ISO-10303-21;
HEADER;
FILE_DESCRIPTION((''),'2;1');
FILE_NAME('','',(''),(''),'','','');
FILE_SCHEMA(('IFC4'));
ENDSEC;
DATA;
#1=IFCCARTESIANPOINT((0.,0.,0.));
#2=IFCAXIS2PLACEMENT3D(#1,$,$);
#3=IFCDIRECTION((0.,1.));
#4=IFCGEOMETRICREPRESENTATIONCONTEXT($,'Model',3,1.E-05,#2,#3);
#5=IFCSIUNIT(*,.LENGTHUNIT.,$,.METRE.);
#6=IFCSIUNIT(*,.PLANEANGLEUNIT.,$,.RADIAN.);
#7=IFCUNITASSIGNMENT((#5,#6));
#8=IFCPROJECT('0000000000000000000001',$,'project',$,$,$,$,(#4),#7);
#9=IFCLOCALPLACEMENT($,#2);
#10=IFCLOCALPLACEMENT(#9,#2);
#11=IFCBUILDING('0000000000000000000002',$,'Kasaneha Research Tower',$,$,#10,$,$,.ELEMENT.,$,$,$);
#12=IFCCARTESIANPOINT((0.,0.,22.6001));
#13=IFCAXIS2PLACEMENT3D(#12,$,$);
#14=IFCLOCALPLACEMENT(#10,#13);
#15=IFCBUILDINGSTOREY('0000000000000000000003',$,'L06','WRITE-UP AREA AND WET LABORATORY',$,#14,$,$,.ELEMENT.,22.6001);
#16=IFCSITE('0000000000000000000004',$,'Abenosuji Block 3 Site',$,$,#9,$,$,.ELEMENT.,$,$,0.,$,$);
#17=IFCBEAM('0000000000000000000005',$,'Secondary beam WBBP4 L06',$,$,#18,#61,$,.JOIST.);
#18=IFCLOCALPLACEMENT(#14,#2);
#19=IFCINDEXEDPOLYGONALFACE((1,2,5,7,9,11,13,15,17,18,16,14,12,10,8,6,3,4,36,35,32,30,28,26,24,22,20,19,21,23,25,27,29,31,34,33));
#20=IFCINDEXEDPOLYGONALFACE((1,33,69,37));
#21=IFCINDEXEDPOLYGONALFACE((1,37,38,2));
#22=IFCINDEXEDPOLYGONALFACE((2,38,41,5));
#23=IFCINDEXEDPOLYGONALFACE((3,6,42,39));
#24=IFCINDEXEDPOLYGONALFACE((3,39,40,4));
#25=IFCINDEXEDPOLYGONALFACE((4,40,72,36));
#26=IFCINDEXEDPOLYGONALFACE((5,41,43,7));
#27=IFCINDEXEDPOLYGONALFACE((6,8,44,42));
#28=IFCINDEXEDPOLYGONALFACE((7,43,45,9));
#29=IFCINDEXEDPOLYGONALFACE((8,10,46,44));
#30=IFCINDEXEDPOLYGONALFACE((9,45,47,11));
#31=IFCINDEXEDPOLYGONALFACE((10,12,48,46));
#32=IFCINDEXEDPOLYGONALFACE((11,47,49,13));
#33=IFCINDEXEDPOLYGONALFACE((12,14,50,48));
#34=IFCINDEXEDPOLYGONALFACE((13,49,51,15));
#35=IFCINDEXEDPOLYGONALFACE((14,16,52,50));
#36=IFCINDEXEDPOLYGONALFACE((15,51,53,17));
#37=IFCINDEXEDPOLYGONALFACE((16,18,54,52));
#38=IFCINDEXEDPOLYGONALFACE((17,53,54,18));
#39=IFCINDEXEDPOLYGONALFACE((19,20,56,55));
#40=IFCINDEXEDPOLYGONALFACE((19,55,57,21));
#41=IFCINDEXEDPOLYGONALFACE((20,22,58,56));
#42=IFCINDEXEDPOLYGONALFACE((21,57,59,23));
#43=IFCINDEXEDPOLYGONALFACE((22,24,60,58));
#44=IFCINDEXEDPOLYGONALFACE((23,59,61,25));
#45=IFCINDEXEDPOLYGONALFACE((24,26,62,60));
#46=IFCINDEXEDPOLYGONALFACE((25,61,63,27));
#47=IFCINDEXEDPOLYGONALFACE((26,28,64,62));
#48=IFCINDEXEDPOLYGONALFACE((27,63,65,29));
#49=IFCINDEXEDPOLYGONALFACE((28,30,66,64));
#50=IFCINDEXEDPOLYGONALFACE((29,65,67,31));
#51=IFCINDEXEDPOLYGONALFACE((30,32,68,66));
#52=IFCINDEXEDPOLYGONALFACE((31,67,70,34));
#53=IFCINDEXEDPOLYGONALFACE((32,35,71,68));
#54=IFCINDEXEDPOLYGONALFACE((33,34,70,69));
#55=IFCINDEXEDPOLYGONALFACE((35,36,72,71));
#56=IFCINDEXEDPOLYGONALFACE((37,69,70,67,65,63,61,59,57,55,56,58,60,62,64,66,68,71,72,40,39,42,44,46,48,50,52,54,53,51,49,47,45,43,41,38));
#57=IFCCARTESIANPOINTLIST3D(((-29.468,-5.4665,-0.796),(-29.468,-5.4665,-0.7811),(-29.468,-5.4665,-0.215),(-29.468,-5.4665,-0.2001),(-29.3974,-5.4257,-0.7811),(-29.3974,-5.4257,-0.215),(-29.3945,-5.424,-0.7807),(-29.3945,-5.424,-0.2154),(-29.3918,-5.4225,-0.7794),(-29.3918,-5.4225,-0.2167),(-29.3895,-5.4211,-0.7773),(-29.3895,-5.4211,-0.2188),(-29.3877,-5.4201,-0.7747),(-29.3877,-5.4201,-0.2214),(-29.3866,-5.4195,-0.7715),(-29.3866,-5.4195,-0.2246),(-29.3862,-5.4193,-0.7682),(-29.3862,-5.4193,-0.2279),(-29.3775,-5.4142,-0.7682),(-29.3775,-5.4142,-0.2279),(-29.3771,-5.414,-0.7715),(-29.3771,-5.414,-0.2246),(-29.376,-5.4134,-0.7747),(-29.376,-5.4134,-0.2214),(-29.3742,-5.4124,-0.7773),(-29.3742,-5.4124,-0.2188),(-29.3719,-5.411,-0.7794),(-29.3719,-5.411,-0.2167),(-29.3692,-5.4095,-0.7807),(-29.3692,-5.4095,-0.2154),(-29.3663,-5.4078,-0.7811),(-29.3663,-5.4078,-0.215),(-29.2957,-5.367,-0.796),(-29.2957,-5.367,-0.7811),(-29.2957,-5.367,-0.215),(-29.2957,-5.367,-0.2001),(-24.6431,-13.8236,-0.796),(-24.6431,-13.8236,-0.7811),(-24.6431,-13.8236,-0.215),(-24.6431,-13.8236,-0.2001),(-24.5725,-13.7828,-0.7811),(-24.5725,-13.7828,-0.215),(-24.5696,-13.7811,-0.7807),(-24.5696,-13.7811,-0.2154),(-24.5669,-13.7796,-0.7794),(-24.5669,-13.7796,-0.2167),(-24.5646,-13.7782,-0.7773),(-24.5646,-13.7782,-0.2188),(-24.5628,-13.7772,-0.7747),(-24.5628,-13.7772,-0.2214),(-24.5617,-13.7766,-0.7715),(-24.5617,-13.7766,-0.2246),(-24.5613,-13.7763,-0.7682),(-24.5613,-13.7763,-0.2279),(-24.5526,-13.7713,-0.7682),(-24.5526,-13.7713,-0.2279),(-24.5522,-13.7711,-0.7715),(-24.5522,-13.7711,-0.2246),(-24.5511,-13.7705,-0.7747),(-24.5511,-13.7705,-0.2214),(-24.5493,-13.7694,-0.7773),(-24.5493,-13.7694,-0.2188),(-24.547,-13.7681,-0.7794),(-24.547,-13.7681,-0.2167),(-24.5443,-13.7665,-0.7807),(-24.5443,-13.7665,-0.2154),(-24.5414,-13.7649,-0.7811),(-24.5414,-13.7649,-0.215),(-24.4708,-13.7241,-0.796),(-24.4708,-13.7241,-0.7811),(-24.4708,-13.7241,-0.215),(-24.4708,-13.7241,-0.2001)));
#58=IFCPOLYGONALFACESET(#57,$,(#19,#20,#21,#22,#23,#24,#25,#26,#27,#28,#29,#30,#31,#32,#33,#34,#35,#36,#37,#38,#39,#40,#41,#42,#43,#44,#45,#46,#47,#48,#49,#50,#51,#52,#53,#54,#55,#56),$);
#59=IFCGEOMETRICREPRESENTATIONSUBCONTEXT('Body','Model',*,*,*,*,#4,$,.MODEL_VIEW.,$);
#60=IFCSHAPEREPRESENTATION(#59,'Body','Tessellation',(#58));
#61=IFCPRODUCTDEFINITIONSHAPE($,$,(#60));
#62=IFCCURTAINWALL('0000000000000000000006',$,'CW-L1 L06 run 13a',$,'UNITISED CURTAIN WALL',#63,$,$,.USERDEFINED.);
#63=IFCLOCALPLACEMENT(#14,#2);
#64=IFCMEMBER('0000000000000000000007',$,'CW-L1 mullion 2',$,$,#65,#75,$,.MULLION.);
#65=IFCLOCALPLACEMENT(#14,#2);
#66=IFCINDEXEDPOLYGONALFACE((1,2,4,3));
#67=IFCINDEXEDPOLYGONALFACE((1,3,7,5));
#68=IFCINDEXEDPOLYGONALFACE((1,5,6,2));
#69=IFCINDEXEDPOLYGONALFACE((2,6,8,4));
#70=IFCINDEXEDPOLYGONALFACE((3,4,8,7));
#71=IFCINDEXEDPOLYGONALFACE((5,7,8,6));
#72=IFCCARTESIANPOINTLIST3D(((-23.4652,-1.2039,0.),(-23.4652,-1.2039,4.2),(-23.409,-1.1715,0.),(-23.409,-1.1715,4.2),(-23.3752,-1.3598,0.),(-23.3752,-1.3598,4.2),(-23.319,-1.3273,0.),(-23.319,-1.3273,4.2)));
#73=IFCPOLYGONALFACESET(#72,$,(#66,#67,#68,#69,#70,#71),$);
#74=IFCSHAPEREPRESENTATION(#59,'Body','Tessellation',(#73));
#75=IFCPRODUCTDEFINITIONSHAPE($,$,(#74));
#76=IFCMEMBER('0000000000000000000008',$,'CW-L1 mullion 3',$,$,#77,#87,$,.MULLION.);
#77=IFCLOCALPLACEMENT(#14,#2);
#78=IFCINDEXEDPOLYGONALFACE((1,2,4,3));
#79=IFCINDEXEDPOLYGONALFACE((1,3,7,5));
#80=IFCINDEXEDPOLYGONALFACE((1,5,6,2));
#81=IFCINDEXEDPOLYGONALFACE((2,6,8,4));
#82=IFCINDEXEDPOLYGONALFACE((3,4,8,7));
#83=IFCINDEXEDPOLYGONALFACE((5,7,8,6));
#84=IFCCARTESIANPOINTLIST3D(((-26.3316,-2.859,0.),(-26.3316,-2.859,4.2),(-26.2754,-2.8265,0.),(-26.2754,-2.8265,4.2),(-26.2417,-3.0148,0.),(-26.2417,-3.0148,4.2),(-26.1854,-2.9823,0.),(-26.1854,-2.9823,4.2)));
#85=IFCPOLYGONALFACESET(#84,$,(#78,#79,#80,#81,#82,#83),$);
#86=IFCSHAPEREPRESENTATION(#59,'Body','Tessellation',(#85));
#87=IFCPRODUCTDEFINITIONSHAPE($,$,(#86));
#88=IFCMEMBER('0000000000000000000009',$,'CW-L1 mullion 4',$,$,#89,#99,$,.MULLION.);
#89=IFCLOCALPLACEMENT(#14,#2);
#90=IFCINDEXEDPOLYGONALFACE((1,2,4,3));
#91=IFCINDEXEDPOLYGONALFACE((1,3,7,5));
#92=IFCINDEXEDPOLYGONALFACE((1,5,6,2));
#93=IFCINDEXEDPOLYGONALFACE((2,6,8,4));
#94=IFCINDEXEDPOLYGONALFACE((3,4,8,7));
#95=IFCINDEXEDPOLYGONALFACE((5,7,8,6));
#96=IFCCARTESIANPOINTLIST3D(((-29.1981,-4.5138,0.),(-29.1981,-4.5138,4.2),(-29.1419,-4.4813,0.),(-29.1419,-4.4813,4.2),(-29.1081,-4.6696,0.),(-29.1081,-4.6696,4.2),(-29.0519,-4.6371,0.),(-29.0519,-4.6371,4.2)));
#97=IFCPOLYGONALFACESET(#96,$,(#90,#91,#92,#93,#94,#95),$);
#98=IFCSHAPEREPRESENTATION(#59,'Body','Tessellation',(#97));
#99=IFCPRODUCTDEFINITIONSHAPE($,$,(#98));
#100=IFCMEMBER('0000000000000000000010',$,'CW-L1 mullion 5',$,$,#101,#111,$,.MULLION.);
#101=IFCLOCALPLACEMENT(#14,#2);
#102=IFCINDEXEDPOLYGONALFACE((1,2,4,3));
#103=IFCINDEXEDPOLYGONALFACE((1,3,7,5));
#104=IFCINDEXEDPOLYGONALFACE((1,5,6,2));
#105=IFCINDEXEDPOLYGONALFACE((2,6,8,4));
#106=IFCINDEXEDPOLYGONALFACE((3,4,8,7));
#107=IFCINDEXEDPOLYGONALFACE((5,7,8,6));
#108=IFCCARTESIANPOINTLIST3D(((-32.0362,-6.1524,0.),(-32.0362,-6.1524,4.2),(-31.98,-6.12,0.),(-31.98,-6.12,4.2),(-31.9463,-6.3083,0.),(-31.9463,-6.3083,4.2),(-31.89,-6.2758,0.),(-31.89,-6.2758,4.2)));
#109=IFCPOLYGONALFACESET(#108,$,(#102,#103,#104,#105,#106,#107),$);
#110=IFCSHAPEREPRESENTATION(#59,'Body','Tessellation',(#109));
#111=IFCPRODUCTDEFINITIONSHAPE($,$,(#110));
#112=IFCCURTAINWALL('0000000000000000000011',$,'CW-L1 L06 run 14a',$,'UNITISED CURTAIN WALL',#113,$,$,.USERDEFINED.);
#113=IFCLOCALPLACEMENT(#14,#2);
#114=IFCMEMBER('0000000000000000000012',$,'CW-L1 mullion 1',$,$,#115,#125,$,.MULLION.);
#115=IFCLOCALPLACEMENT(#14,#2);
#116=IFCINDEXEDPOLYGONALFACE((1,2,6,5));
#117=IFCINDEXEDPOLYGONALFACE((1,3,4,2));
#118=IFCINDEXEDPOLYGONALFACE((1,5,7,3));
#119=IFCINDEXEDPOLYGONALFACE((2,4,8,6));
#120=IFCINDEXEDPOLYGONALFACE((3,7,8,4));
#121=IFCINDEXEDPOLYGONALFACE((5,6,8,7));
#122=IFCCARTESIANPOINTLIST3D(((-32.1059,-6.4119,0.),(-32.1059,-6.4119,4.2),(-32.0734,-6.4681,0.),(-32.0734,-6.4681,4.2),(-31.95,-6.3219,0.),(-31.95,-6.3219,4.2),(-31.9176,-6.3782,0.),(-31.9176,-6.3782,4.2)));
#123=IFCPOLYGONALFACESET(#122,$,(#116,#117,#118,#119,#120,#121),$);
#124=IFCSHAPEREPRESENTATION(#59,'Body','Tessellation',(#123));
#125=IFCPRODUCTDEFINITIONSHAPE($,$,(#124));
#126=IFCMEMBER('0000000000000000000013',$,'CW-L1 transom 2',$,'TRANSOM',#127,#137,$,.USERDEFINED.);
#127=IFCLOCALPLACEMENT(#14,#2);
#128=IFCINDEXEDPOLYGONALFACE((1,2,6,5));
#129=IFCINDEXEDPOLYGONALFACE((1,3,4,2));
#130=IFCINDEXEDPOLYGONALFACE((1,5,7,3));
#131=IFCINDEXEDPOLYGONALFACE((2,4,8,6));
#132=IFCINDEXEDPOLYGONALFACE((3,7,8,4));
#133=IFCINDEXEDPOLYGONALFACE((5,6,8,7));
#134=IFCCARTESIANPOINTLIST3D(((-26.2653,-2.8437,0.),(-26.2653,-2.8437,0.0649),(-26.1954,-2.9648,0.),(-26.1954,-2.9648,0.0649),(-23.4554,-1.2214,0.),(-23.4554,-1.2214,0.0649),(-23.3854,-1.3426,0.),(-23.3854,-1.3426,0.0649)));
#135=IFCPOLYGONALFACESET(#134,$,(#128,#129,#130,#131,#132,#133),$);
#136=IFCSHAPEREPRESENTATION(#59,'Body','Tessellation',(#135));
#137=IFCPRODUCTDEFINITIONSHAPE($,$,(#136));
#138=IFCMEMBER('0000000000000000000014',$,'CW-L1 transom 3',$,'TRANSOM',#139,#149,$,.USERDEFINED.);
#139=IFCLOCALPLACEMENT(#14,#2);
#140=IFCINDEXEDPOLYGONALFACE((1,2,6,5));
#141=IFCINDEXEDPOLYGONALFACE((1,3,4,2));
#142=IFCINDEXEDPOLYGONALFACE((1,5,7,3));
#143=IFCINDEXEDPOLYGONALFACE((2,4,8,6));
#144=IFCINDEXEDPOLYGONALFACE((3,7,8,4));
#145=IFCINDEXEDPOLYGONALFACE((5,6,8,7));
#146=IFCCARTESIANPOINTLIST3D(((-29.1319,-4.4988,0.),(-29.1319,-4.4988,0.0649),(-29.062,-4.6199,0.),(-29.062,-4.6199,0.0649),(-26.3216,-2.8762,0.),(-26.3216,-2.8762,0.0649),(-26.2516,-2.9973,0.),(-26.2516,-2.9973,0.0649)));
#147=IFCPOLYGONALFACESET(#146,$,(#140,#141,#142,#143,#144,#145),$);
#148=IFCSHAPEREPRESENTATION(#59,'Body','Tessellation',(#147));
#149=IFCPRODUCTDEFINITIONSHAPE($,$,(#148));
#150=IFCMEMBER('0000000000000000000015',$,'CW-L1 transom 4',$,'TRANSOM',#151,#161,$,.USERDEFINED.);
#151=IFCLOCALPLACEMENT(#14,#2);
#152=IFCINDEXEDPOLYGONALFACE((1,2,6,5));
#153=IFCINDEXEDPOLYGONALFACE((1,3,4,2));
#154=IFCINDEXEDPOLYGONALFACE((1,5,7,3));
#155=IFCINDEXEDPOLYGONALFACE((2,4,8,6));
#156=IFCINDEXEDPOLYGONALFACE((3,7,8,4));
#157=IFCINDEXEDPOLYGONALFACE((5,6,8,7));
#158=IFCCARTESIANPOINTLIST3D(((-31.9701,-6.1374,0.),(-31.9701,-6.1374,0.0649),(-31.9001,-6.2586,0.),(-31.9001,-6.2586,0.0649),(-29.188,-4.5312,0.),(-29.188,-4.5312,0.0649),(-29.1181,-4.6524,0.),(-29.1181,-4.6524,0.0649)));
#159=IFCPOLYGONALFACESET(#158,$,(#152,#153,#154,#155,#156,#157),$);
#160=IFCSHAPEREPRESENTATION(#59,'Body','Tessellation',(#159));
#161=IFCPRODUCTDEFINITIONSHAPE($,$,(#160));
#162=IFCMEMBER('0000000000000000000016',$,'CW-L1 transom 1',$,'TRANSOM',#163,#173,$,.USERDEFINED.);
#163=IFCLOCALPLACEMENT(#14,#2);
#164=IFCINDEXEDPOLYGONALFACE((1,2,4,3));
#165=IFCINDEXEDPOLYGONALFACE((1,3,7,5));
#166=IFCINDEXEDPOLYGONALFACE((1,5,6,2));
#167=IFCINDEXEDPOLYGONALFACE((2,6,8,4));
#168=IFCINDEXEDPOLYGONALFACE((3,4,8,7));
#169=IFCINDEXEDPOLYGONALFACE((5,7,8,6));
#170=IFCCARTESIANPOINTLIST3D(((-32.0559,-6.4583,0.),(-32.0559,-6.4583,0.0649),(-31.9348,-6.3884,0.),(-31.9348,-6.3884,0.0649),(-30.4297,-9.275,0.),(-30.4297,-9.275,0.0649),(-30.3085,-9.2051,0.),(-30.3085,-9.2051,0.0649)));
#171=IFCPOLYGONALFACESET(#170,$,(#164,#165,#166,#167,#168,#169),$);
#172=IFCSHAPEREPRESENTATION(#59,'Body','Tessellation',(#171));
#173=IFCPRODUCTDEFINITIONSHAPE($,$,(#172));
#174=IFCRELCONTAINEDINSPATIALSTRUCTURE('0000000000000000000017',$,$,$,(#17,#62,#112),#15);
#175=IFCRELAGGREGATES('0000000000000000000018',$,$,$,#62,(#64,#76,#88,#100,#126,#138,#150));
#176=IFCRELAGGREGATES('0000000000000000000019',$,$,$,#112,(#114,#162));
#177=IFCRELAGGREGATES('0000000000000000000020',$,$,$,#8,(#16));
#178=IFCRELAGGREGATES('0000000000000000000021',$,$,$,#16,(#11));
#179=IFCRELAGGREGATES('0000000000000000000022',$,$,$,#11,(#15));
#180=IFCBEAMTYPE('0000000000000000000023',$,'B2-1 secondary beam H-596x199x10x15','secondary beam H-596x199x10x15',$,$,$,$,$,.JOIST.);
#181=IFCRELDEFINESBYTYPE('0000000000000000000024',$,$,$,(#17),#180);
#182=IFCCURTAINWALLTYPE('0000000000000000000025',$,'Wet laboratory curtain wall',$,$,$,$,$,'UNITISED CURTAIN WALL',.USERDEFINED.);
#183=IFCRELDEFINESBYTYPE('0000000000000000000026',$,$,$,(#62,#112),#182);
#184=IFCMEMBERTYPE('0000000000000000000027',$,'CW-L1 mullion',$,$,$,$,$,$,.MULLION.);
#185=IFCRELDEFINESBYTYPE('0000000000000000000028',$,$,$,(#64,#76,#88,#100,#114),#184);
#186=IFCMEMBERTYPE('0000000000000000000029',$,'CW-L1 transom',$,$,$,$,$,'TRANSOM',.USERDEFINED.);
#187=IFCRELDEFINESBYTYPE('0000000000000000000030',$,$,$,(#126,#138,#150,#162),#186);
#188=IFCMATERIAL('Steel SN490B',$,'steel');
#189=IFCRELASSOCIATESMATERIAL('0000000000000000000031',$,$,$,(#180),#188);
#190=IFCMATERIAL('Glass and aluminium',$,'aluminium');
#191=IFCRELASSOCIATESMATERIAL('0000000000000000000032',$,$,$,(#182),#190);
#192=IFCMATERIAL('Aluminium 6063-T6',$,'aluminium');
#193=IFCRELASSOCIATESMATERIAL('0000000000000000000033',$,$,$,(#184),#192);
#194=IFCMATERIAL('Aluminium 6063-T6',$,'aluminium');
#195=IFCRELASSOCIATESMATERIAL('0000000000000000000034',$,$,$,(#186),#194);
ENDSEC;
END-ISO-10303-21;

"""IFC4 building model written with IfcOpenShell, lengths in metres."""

from ifc_helpers import new_model, si_unit, direction, frame, origin, origin_2d, place, context, subcontext, project, spatial, rectangle, i_section, extrude, material, material_profile, profile_set, type_object, element, aggregate, save


model = new_model("IFC4")

# Units and contexts
model_context = context("Model", 3, precision=1e-05, world=origin(), true_north=direction((0.0, 1.0)))
body_context = subcontext(model_context, "Body", "Model", "MODEL_VIEW")
ifc_project = project(units=[si_unit("LENGTHUNIT", "METRE"), si_unit("PLANEANGLEUNIT", "RADIAN")], contexts=[model_context])

# Site, building, storey
site_placement = place(None, origin())
site = spatial("IfcSite", under=ifc_project, at=site_placement, Name="Abenosuji Block 3 Site", CompositionType="ELEMENT", RefElevation=0.0)
building_placement = place(site_placement, origin())
building = spatial("IfcBuilding", under=site, at=building_placement, Name="Kasaneha Research Tower", CompositionType="ELEMENT")
storey_placement = place(building_placement, frame((0.0, 0.0, 22.6001)))
storey = spatial("IfcBuildingStorey", under=building, at=storey_placement, Name="L06", Description="WRITE-UP AREA AND WET LABORATORY", CompositionType="ELEMENT", Elevation=22.6001)

# Beam
ifc_material_1 = material(Name="Steel SN490B", Category="steel")
ifc_material_profile_1 = material_profile(ifc_material_1, i_section(OverallWidth=0.199, OverallDepth=0.5959, WebThickness=0.01, FlangeThickness=0.0149, FilletRadius=0.0129, at=origin_2d()), Name="H-596x199x10x15")
ifc_profile_set_1 = profile_set([ifc_material_profile_1], Name="Steel SN490B")
beam_type_1 = type_object("IfcBeamType", Name="B2-1 secondary beam H-596x199x10x15", Description="secondary beam H-596x199x10x15", PredefinedType="JOIST", material=ifc_profile_set_1)
for number, where, z_axis, x_axis, name in (
    (1, (-29.3818, -5.4167, -0.498), (0.499995, -0.866028, 0.0), (0.866028, 0.499995, 0.0), "Secondary beam WBBP4 L06"),
):
    element("IfcBeam", number, at=place(storey_placement, frame(where, z_axis=z_axis, x_axis=x_axis)), inside=storey, type_object=beam_type_1, Name=name, PredefinedType="JOIST", context=body_context, shape_type="SweptSolid", body=[
        extrude(i_section(OverallWidth=0.199, OverallDepth=0.5959, WebThickness=0.01, FlangeThickness=0.0149, FilletRadius=0.0129, at=origin_2d()), origin(), (0.0, 0.0, 1.0), 9.6499),
    ])

# Curtain wall, members
ifc_material_2 = material(Name="Glass and aluminium", Category="aluminium")
curtain_wall_type = type_object("IfcCurtainWallType", Name="Wet laboratory curtain wall", ElementType="UNITISED CURTAIN WALL", PredefinedType="USERDEFINED", material=ifc_material_2)
curtain_wall_1_placement = place(storey_placement, origin())
curtain_wall_1 = element("IfcCurtainWall", 2, at=curtain_wall_1_placement, inside=storey, type_object=curtain_wall_type, Name="CW-L1 L06 run 13a", ObjectType="UNITISED CURTAIN WALL", PredefinedType="USERDEFINED")
ifc_material_3 = material(Name="Aluminium 6063-T6", Category="aluminium")
ifc_material_profile_2 = material_profile(ifc_material_3, rectangle(XDim=0.0649, YDim=0.1799, at=origin_2d()), Name="CW-L1 mullion 65x180")
ifc_profile_set_2 = profile_set([ifc_material_profile_2], Name="Aluminium 6063-T6")
member_type_1 = type_object("IfcMemberType", Name="CW-L1 mullion", PredefinedType="MULLION", material=ifc_profile_set_2)
member_1_placement = place(storey_placement, frame((-23.3921, -1.2656, 0.0), z_axis=(0.0, 0.0, 1.0), x_axis=(-0.866025, -0.5, 0.0)))
member_1 = element("IfcMember", 3, at=member_1_placement, type_object=member_type_1, Name="CW-L1 mullion 2", PredefinedType="MULLION", context=body_context, shape_type="SweptSolid", body=[
    extrude(rectangle(XDim=0.0649, YDim=0.1799, at=origin_2d()), origin(), (0.0, 0.0, 1.0), 4.2),
])
member_2_placement = place(storey_placement, frame((-26.2585, -2.9207, 0.0), z_axis=(0.0, 0.0, 1.0), x_axis=(-0.866025, -0.5, 0.0)))
member_2 = element("IfcMember", 4, at=member_2_placement, type_object=member_type_1, Name="CW-L1 mullion 3", PredefinedType="MULLION", context=body_context, shape_type="SweptSolid", body=[
    extrude(rectangle(XDim=0.0649, YDim=0.1799, at=origin_2d()), origin(), (0.0, 0.0, 1.0), 4.2),
])
member_3_placement = place(storey_placement, frame((-29.125, -4.5754, 0.0), z_axis=(0.0, 0.0, 1.0), x_axis=(-0.866025, -0.5, 0.0)))
member_3 = element("IfcMember", 5, at=member_3_placement, type_object=member_type_1, Name="CW-L1 mullion 4", PredefinedType="MULLION", context=body_context, shape_type="SweptSolid", body=[
    extrude(rectangle(XDim=0.0649, YDim=0.1799, at=origin_2d()), origin(), (0.0, 0.0, 1.0), 4.2),
])
member_4_placement = place(storey_placement, frame((-31.9631, -6.2141, 0.0), z_axis=(0.0, 0.0, 1.0), x_axis=(-0.866025, -0.5, 0.0)))
member_4 = element("IfcMember", 6, at=member_4_placement, type_object=member_type_1, Name="CW-L1 mullion 5", PredefinedType="MULLION", context=body_context, shape_type="SweptSolid", body=[
    extrude(rectangle(XDim=0.0649, YDim=0.1799, at=origin_2d()), origin(), (0.0, 0.0, 1.0), 4.2),
])

# Curtain wall, member
curtain_wall_2_placement = place(storey_placement, origin())
curtain_wall_2 = element("IfcCurtainWall", 7, at=curtain_wall_2_placement, inside=storey, type_object=curtain_wall_type, Name="CW-L1 L06 run 14a", ObjectType="UNITISED CURTAIN WALL", PredefinedType="USERDEFINED")
member_5_placement = place(storey_placement, frame((-32.0117, -6.395, 0.0), z_axis=(0.0, 0.0, 1.0), x_axis=(0.5, -0.866025, 0.0)))
member_5 = element("IfcMember", 8, at=member_5_placement, type_object=member_type_1, Name="CW-L1 mullion 1", PredefinedType="MULLION", context=body_context, shape_type="SweptSolid", body=[
    extrude(rectangle(XDim=0.0649, YDim=0.1799, at=origin_2d()), origin(), (0.0, 0.0, 1.0), 4.2),
])

# Members
ifc_material_4 = material(Name="Aluminium 6063-T6", Category="aluminium")
ifc_material_profile_3 = material_profile(ifc_material_4, rectangle(XDim=0.1399, YDim=0.0649, at=origin_2d()), Name="CW-L1 transom 140x65")
ifc_profile_set_3 = profile_set([ifc_material_profile_3], Name="Aluminium 6063-T6")
member_type_2 = type_object("IfcMemberType", Name="CW-L1 transom", ElementType="TRANSOM", PredefinedType="USERDEFINED", material=ifc_profile_set_3)
member_6_placement = place(storey_placement, frame((-23.4204, -1.282, 0.0325), z_axis=(-0.866035, -0.499983, 0.0), x_axis=(0.499983, -0.866035, 0.0)))
member_6 = element("IfcMember", 9, at=member_6_placement, type_object=member_type_2, Name="CW-L1 transom 2", ObjectType="TRANSOM", PredefinedType="USERDEFINED", context=body_context, shape_type="SweptSolid", body=[
    extrude(rectangle(XDim=0.1399, YDim=0.0649, at=origin_2d()), origin(), (0.0, 0.0, 1.0), 3.2446),
])
member_7_placement = place(storey_placement, frame((-26.2866, -2.9368, 0.0325), z_axis=(-0.866021, -0.500007, 0.0), x_axis=(0.500007, -0.866021, 0.0)))
member_7 = element("IfcMember", 10, at=member_7_placement, type_object=member_type_2, Name="CW-L1 transom 3", ObjectType="TRANSOM", PredefinedType="USERDEFINED", context=body_context, shape_type="SweptSolid", body=[
    extrude(rectangle(XDim=0.1399, YDim=0.0649, at=origin_2d()), origin(), (0.0, 0.0, 1.0), 3.2451),
])
member_8_placement = place(storey_placement, frame((-29.1531, -4.5918, 0.0325), z_axis=(-0.866022, -0.500005, 0.0), x_axis=(0.500005, -0.866022, 0.0)))
member_8 = element("IfcMember", 11, at=member_8_placement, type_object=member_type_2, Name="CW-L1 transom 4", ObjectType="TRANSOM", PredefinedType="USERDEFINED", context=body_context, shape_type="SweptSolid", body=[
    extrude(rectangle(XDim=0.1399, YDim=0.0649, at=origin_2d()), origin(), (0.0, 0.0, 1.0), 3.2124),
])
member_9_placement = place(storey_placement, frame((-31.9954, -6.4233, 0.0325), z_axis=(0.500006, -0.866022, 0.0), x_axis=(0.866022, 0.500006, 0.0)))
member_9 = element("IfcMember", 12, at=member_9_placement, type_object=member_type_2, Name="CW-L1 transom 1", ObjectType="TRANSOM", PredefinedType="USERDEFINED", context=body_context, shape_type="SweptSolid", body=[
    extrude(rectangle(XDim=0.1399, YDim=0.0649, at=origin_2d()), origin(), (0.0, 0.0, 1.0), 3.2524),
])

aggregate(curtain_wall_1, [member_1, member_2, member_3, member_4, member_6, member_7, member_8])
aggregate(curtain_wall_2, [member_5, member_9])

save(model, "model.ifc")
